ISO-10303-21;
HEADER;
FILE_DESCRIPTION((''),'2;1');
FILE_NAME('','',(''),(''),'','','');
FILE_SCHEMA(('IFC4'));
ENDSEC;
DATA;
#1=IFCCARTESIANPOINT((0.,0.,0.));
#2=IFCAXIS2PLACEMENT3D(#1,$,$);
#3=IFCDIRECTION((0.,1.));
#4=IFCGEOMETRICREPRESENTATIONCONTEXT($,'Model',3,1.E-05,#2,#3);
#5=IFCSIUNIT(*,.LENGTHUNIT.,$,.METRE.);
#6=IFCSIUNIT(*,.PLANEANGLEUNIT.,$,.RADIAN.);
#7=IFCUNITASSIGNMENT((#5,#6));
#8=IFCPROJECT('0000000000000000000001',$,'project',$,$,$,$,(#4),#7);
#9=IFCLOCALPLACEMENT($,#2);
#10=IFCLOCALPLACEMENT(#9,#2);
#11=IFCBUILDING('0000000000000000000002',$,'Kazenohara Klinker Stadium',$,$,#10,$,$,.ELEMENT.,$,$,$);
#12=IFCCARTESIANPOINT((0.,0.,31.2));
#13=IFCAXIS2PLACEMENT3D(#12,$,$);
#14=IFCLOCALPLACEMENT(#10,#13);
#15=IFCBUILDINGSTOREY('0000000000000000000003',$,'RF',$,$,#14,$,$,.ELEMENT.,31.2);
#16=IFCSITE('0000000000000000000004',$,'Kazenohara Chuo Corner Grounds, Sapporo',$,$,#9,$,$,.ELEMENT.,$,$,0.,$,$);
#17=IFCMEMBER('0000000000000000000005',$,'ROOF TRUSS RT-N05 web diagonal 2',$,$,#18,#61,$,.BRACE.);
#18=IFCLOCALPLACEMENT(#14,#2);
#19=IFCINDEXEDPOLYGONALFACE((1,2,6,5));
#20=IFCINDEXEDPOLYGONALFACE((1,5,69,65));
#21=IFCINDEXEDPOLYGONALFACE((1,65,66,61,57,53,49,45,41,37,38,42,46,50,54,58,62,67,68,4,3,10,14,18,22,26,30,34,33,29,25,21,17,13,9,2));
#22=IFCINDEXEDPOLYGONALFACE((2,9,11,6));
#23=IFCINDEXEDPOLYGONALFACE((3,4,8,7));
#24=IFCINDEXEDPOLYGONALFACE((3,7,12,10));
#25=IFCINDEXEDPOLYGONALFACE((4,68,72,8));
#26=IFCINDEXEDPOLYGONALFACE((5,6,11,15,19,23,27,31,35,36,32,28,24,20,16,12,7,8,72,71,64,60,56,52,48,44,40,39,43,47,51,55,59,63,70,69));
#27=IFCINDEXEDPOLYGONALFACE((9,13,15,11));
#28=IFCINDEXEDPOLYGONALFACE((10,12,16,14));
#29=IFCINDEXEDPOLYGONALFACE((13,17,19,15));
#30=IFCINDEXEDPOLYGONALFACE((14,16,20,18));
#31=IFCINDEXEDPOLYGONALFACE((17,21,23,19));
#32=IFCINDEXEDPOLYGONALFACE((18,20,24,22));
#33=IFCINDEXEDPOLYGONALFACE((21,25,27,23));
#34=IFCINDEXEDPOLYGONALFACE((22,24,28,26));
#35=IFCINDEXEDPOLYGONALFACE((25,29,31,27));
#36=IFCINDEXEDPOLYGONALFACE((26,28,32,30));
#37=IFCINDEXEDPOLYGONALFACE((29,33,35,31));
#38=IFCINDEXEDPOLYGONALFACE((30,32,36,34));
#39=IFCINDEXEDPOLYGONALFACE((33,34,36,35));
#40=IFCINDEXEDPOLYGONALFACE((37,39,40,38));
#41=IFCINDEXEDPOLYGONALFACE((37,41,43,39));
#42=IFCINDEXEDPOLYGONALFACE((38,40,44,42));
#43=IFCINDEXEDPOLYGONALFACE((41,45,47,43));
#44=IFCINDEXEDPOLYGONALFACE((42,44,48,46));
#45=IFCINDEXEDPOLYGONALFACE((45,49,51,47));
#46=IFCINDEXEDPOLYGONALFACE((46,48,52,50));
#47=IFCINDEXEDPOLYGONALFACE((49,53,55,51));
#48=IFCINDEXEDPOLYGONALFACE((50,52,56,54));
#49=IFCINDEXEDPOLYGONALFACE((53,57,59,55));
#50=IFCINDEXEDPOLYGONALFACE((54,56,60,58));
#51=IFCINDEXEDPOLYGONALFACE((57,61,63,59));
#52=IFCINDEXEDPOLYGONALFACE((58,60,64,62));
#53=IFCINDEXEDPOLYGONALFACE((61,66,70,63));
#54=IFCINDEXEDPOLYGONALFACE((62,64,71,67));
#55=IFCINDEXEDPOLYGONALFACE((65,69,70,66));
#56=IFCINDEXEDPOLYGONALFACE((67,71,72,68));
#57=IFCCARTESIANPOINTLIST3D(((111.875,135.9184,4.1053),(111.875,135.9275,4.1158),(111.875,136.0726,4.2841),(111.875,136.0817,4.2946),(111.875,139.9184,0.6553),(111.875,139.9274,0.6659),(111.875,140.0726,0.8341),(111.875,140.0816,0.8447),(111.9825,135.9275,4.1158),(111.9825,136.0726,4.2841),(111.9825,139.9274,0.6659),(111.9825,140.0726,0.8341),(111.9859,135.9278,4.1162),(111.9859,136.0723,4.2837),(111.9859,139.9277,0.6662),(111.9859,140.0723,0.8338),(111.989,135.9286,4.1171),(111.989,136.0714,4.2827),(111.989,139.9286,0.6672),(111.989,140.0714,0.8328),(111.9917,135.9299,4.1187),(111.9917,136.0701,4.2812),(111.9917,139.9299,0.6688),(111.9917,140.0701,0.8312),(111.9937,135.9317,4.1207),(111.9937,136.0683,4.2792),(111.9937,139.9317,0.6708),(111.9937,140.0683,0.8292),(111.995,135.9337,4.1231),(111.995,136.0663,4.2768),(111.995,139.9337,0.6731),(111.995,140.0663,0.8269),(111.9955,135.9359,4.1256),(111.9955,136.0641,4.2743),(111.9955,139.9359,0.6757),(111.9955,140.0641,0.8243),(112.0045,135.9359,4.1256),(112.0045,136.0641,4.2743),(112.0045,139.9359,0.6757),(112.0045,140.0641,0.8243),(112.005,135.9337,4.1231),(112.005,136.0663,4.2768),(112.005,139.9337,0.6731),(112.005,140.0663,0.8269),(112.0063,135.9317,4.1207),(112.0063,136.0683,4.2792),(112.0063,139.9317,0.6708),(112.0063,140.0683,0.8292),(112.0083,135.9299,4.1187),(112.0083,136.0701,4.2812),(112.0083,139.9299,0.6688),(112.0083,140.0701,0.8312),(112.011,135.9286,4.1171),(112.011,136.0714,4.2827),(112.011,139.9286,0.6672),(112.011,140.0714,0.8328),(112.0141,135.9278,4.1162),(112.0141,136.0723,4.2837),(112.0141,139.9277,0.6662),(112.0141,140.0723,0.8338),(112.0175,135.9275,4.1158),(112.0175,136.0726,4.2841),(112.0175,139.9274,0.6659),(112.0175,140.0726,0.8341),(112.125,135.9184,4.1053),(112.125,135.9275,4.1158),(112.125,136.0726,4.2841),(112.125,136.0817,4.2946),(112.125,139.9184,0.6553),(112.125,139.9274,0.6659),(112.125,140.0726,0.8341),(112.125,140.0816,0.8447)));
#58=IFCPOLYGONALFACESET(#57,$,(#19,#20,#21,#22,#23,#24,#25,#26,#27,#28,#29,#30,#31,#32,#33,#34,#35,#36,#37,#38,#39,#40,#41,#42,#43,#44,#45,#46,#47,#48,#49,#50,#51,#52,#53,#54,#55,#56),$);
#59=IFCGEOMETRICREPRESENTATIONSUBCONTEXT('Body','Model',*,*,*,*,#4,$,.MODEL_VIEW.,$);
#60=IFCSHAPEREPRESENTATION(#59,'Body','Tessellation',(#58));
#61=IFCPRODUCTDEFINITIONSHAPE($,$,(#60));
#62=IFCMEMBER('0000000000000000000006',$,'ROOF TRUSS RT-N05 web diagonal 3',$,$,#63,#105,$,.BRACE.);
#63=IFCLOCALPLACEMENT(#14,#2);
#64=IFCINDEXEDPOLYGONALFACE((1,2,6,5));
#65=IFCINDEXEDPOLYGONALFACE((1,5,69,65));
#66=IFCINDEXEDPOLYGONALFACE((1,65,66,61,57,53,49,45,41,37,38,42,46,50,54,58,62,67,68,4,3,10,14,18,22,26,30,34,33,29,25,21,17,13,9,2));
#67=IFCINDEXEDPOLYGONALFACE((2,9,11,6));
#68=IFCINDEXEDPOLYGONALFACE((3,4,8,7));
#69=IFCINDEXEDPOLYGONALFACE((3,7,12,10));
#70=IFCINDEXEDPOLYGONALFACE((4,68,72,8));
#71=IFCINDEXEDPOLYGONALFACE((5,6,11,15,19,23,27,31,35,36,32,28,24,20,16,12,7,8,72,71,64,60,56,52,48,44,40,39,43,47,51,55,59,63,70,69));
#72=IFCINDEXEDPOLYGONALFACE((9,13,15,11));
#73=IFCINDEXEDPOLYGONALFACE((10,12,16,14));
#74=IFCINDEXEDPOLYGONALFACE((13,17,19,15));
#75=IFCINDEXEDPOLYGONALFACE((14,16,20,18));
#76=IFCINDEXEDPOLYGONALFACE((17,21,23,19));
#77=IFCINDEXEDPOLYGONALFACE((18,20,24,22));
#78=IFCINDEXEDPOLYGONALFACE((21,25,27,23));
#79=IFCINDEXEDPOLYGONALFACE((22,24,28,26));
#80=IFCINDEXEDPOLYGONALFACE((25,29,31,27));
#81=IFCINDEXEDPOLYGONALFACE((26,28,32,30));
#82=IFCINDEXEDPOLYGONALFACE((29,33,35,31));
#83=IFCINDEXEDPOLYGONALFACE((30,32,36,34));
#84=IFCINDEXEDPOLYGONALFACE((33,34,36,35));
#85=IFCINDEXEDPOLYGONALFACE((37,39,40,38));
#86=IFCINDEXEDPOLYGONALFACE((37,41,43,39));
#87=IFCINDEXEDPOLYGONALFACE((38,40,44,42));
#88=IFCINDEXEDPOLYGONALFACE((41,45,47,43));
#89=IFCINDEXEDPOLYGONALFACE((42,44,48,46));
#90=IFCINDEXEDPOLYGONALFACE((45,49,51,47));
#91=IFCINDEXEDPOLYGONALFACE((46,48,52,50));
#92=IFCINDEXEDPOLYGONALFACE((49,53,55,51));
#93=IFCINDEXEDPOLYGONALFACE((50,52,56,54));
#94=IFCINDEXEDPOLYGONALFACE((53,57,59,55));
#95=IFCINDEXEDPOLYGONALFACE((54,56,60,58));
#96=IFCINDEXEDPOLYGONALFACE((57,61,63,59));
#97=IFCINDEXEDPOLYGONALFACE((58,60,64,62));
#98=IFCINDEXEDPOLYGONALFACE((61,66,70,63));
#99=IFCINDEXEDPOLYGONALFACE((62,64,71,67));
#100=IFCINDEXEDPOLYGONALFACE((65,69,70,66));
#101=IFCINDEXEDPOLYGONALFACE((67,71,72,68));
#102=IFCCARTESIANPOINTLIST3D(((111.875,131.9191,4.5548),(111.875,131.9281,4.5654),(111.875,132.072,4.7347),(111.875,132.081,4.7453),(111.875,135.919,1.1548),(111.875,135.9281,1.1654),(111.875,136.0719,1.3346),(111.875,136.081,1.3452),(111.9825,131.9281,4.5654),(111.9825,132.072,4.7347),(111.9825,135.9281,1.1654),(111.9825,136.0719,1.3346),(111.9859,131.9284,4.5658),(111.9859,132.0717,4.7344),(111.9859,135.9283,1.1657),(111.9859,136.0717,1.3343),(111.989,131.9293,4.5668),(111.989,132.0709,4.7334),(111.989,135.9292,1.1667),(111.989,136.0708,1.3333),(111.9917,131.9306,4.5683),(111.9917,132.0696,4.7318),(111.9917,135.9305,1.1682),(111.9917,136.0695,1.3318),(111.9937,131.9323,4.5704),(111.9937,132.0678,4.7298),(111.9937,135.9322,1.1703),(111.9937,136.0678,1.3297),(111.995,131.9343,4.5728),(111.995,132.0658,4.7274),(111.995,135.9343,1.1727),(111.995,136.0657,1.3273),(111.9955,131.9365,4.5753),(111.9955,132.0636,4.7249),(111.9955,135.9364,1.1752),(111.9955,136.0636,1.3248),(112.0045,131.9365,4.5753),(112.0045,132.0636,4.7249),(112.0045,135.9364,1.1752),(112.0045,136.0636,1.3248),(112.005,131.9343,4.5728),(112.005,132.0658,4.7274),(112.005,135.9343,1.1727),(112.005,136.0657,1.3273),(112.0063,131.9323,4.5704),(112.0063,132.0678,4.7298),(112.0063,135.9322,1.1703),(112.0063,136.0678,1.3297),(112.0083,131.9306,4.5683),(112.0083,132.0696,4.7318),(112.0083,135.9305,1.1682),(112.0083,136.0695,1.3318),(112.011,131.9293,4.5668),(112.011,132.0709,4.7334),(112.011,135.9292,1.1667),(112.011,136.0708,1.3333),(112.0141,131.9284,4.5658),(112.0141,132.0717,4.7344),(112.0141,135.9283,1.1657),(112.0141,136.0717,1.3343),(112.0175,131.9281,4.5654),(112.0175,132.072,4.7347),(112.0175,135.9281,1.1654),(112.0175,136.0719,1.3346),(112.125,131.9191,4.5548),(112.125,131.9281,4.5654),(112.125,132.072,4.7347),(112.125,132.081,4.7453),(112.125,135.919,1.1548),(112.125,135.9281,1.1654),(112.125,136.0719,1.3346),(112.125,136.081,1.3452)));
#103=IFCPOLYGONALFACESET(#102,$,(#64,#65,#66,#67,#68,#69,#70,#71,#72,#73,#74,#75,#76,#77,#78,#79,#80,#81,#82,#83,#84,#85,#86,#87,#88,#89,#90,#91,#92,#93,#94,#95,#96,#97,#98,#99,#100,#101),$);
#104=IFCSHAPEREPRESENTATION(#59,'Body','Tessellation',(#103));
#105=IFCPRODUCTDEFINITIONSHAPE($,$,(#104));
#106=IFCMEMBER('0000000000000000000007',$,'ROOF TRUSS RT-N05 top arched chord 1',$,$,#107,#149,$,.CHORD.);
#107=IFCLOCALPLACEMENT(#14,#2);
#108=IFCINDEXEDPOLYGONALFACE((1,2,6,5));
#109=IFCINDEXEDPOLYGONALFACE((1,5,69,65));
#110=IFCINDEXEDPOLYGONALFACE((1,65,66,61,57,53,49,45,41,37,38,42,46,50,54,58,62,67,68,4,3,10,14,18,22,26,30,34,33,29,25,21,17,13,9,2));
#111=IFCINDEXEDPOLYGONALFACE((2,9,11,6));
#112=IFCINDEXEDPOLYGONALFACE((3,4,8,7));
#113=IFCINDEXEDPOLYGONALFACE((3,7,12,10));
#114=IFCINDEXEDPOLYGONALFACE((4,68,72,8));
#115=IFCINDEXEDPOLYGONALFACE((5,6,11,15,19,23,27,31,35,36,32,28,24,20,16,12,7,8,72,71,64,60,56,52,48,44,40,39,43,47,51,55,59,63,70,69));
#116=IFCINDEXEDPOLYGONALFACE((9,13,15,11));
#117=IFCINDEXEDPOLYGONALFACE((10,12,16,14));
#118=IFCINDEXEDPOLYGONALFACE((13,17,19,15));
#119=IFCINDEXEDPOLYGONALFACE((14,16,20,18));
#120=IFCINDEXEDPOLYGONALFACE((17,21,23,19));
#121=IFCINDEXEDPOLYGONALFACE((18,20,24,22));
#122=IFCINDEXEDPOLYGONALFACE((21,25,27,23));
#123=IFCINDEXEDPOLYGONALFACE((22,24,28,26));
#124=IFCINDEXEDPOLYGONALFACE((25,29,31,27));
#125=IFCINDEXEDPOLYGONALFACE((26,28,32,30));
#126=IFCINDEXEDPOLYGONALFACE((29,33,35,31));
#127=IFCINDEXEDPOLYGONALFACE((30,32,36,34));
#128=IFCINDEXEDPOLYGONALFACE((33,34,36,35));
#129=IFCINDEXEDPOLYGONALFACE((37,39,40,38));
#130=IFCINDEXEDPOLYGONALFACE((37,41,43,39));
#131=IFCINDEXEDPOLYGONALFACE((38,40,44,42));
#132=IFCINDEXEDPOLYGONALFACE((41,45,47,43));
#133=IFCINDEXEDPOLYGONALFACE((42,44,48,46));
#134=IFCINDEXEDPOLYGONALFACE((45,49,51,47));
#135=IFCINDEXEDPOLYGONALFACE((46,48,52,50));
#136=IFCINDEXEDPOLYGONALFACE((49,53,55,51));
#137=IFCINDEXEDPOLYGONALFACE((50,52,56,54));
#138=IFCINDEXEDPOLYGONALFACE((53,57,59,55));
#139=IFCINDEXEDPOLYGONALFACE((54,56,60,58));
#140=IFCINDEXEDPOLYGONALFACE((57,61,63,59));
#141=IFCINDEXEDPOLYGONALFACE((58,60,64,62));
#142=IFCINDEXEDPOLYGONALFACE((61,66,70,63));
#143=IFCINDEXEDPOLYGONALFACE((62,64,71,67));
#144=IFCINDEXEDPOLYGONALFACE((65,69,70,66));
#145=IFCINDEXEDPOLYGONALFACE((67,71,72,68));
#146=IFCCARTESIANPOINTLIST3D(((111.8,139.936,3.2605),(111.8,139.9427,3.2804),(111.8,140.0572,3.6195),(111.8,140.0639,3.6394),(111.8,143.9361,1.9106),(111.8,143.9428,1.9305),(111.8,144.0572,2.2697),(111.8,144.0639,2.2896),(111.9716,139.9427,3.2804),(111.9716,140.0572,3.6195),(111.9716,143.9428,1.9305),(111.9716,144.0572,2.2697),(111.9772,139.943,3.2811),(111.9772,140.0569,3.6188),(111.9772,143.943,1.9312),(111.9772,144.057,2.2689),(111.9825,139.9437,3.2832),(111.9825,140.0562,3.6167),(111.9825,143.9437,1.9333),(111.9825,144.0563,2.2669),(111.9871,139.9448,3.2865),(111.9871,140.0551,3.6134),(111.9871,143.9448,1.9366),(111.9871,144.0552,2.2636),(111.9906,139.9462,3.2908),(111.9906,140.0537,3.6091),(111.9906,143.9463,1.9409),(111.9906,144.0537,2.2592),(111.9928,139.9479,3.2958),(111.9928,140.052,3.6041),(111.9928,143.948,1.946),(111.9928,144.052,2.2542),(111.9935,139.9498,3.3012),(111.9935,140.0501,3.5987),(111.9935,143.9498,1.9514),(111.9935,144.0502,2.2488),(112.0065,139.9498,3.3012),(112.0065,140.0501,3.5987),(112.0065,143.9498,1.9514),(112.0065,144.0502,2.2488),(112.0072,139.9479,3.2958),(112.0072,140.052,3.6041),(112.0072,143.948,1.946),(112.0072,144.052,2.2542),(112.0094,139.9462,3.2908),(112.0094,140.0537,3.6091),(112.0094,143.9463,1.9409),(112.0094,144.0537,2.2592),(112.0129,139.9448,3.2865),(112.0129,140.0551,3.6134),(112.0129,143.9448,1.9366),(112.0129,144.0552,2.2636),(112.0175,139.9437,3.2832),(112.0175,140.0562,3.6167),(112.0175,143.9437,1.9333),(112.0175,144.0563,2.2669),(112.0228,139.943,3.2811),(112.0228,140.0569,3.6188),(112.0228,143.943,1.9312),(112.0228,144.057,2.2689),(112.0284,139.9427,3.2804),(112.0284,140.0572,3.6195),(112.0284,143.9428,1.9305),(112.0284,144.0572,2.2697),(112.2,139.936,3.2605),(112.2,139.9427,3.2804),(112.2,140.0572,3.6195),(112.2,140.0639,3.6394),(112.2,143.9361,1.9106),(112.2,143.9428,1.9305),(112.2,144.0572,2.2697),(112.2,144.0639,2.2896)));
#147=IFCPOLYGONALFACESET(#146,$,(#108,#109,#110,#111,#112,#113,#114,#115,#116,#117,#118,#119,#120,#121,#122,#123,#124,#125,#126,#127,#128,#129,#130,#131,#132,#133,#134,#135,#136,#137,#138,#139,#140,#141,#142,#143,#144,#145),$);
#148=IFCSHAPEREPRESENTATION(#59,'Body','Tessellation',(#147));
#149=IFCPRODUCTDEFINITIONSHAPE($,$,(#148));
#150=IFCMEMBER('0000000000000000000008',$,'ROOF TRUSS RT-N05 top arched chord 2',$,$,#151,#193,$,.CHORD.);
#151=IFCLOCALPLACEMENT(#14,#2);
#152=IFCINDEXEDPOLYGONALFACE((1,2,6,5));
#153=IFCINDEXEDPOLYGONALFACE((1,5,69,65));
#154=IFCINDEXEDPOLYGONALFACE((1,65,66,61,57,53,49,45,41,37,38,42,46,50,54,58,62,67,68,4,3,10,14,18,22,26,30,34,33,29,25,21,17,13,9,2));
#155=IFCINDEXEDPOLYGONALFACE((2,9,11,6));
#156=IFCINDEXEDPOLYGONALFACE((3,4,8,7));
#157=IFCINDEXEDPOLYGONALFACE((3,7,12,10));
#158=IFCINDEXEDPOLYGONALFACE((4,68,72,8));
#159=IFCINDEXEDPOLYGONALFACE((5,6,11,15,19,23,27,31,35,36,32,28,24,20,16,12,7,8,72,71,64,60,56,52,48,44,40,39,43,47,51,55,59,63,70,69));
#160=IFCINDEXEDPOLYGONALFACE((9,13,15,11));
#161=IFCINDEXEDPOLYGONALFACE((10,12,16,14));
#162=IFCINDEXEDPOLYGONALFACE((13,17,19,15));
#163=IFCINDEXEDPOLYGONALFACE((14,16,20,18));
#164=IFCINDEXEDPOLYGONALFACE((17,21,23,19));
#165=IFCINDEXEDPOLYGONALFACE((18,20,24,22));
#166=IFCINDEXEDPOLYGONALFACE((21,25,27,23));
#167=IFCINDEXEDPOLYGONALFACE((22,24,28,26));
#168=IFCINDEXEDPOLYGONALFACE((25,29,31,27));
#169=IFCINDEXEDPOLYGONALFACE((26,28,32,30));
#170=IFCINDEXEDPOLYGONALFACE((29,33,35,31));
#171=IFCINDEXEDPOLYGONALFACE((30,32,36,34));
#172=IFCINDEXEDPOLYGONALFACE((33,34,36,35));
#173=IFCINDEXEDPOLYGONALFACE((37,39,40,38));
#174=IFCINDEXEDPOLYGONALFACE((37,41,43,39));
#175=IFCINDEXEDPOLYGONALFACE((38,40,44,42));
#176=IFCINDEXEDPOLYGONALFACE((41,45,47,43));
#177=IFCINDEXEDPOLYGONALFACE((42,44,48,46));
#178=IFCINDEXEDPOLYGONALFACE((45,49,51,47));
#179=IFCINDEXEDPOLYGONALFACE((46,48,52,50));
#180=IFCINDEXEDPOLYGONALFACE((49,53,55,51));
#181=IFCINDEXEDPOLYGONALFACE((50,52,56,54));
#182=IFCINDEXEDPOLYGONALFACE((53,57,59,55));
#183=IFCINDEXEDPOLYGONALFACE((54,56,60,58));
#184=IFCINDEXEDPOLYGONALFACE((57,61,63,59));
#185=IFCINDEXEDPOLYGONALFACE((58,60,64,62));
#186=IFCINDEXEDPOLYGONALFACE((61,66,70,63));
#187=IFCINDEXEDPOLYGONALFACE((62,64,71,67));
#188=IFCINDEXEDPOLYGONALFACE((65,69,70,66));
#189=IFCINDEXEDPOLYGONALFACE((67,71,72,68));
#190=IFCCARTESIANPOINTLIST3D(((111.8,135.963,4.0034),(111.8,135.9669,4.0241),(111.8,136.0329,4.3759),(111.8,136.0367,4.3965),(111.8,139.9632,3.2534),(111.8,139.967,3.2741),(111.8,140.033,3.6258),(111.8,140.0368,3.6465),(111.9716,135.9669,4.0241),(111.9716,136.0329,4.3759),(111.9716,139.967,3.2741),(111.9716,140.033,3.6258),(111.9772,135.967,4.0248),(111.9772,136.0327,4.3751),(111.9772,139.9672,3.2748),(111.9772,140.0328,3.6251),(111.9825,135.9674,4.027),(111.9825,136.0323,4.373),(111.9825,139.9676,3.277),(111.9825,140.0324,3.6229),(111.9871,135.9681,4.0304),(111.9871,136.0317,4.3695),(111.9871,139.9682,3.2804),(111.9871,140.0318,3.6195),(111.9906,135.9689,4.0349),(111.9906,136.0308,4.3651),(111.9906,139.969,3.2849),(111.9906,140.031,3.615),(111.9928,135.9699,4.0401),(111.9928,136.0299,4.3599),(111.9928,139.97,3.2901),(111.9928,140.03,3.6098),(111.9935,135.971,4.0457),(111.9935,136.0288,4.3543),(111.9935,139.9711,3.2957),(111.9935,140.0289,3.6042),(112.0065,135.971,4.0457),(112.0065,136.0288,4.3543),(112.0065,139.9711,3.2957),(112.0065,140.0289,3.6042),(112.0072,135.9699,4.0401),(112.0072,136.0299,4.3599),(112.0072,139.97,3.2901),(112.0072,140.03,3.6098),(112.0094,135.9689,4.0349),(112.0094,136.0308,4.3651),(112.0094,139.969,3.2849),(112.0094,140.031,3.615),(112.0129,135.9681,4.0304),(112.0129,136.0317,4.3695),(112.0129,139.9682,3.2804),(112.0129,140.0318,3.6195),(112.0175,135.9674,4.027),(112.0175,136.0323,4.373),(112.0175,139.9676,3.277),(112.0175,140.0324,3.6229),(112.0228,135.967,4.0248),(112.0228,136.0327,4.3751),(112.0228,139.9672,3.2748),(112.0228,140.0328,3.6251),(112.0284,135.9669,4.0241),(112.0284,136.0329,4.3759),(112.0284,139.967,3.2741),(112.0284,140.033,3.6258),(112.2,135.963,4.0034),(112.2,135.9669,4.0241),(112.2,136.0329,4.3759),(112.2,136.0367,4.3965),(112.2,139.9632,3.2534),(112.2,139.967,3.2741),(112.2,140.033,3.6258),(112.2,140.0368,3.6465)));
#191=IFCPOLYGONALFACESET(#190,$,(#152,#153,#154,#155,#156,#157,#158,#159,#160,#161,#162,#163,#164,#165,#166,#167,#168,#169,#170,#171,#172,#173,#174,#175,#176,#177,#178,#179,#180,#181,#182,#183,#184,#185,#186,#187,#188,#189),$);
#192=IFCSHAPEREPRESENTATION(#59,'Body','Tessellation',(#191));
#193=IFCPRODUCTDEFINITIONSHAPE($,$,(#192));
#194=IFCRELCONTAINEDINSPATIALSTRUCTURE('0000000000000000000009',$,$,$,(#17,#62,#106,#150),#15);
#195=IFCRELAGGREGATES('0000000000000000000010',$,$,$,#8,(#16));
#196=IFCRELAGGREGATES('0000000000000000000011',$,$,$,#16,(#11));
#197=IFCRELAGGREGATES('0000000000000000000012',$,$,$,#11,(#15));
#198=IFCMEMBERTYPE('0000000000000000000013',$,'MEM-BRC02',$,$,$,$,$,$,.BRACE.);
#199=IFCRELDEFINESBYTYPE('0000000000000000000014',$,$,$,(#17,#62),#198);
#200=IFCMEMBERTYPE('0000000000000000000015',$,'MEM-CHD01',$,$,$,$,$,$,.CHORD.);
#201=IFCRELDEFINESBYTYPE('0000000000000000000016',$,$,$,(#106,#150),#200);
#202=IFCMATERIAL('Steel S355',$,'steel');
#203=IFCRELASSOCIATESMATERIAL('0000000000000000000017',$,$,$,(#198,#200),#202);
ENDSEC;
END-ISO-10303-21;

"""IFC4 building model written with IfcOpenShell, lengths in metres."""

from ifc_helpers import new_model, si_unit, direction, frame, origin, origin_2d, place, context, subcontext, project, spatial, i_section, extrude, material, material_profile, profile_set, type_object, element, save


model = new_model("IFC4")

# Units and contexts
model_context = context("Model", 3, precision=1e-05, world=origin(), true_north=direction((0.0, 1.0)))
body_context = subcontext(model_context, "Body", "Model", "MODEL_VIEW")
ifc_project = project(units=[si_unit("LENGTHUNIT", "METRE"), si_unit("PLANEANGLEUNIT", "RADIAN")], contexts=[model_context])

# Site, building, storey
site_placement = place(None, origin())
site = spatial("IfcSite", under=ifc_project, at=site_placement, Name="Kazenohara Chuo Corner Grounds, Sapporo", CompositionType="ELEMENT", RefElevation=0.0)
building_placement = place(site_placement, origin())
building = spatial("IfcBuilding", under=site, at=building_placement, Name="Kazenohara Klinker Stadium", CompositionType="ELEMENT")
storey_placement = place(building_placement, frame((0.0, 0.0, 31.2)))
storey = spatial("IfcBuildingStorey", under=building, at=storey_placement, Name="RF", CompositionType="ELEMENT", Elevation=31.2)

# Members
ifc_material_1 = material(Name="Steel S355", Category="steel")
ifc_material_profile_1 = material_profile(ifc_material_1, i_section(OverallWidth=0.25, OverallDepth=0.25, WebThickness=0.009, FlangeThickness=0.0139, FilletRadius=0.0129, at=origin_2d()), Name="H-250x250x9x14")
ifc_profile_set_1 = profile_set([ifc_material_profile_1], Name="Steel S355")
member_type_1 = type_object("IfcMemberType", Name="MEM-BRC02", PredefinedType="BRACE", material=ifc_profile_set_1)
member_1_placement = place(storey_placement, frame((112.0, 140.0, 0.75), z_axis=(0.0, -0.757253, 0.653122), x_axis=(1.0, 0.0, 0.0)))
element("IfcMember", 1, at=member_1_placement, inside=storey, type_object=member_type_1, Name="ROOF TRUSS RT-N05 web diagonal 2", PredefinedType="BRACE", context=body_context, shape_type="SweptSolid", body=[
    extrude(i_section(OverallWidth=0.25, OverallDepth=0.25, WebThickness=0.009, FlangeThickness=0.0139, FilletRadius=0.0129, at=origin_2d()), origin(), (0.0, 0.0, 1.0), 5.2822),
])
member_2_placement = place(storey_placement, frame((112.0, 136.0, 1.25), z_axis=(0.0, -0.761926, 0.647665), x_axis=(1.0, 0.0, 0.0)))
element("IfcMember", 2, at=member_2_placement, inside=storey, type_object=member_type_1, Name="ROOF TRUSS RT-N05 web diagonal 3", PredefinedType="BRACE", context=body_context, shape_type="SweptSolid", body=[
    extrude(i_section(OverallWidth=0.25, OverallDepth=0.25, WebThickness=0.009, FlangeThickness=0.0139, FilletRadius=0.0129, at=origin_2d()), origin(), (0.0, 0.0, 1.0), 5.2498),
])
ifc_material_profile_2 = material_profile(ifc_material_1, i_section(OverallWidth=0.3999, OverallDepth=0.3999, WebThickness=0.0129, FlangeThickness=0.021, FilletRadius=0.022, at=origin_2d()), Name="H-400x400x13x21")
ifc_profile_set_2 = profile_set([ifc_material_profile_2], Name="Steel S355")
member_type_2 = type_object("IfcMemberType", Name="MEM-CHD01", PredefinedType="CHORD", material=ifc_profile_set_2)
member_3_placement = place(storey_placement, frame((112.0, 144.0, 2.1001), z_axis=(0.0, -0.947503, 0.319747), x_axis=(1.0, 0.0, 0.0)))
element("IfcMember", 3, at=member_3_placement, inside=storey, type_object=member_type_2, Name="ROOF TRUSS RT-N05 top arched chord 1", PredefinedType="CHORD", context=body_context, shape_type="SweptSolid", body=[
    extrude(i_section(OverallWidth=0.3999, OverallDepth=0.3999, WebThickness=0.0129, FlangeThickness=0.021, FilletRadius=0.022, at=origin_2d()), origin(), (0.0, 0.0, 1.0), 4.2217),
])
member_4_placement = place(storey_placement, frame((112.0, 140.0, 3.45), z_axis=(0.0, -0.982872, 0.184289), x_axis=(1.0, 0.0, 0.0)))
element("IfcMember", 4, at=member_4_placement, inside=storey, type_object=member_type_2, Name="ROOF TRUSS RT-N05 top arched chord 2", PredefinedType="CHORD", context=body_context, shape_type="SweptSolid", body=[
    extrude(i_section(OverallWidth=0.3999, OverallDepth=0.3999, WebThickness=0.0129, FlangeThickness=0.021, FilletRadius=0.022, at=origin_2d()), origin(), (0.0, 0.0, 1.0), 4.0698),
])

save(model, "model.ifc")
